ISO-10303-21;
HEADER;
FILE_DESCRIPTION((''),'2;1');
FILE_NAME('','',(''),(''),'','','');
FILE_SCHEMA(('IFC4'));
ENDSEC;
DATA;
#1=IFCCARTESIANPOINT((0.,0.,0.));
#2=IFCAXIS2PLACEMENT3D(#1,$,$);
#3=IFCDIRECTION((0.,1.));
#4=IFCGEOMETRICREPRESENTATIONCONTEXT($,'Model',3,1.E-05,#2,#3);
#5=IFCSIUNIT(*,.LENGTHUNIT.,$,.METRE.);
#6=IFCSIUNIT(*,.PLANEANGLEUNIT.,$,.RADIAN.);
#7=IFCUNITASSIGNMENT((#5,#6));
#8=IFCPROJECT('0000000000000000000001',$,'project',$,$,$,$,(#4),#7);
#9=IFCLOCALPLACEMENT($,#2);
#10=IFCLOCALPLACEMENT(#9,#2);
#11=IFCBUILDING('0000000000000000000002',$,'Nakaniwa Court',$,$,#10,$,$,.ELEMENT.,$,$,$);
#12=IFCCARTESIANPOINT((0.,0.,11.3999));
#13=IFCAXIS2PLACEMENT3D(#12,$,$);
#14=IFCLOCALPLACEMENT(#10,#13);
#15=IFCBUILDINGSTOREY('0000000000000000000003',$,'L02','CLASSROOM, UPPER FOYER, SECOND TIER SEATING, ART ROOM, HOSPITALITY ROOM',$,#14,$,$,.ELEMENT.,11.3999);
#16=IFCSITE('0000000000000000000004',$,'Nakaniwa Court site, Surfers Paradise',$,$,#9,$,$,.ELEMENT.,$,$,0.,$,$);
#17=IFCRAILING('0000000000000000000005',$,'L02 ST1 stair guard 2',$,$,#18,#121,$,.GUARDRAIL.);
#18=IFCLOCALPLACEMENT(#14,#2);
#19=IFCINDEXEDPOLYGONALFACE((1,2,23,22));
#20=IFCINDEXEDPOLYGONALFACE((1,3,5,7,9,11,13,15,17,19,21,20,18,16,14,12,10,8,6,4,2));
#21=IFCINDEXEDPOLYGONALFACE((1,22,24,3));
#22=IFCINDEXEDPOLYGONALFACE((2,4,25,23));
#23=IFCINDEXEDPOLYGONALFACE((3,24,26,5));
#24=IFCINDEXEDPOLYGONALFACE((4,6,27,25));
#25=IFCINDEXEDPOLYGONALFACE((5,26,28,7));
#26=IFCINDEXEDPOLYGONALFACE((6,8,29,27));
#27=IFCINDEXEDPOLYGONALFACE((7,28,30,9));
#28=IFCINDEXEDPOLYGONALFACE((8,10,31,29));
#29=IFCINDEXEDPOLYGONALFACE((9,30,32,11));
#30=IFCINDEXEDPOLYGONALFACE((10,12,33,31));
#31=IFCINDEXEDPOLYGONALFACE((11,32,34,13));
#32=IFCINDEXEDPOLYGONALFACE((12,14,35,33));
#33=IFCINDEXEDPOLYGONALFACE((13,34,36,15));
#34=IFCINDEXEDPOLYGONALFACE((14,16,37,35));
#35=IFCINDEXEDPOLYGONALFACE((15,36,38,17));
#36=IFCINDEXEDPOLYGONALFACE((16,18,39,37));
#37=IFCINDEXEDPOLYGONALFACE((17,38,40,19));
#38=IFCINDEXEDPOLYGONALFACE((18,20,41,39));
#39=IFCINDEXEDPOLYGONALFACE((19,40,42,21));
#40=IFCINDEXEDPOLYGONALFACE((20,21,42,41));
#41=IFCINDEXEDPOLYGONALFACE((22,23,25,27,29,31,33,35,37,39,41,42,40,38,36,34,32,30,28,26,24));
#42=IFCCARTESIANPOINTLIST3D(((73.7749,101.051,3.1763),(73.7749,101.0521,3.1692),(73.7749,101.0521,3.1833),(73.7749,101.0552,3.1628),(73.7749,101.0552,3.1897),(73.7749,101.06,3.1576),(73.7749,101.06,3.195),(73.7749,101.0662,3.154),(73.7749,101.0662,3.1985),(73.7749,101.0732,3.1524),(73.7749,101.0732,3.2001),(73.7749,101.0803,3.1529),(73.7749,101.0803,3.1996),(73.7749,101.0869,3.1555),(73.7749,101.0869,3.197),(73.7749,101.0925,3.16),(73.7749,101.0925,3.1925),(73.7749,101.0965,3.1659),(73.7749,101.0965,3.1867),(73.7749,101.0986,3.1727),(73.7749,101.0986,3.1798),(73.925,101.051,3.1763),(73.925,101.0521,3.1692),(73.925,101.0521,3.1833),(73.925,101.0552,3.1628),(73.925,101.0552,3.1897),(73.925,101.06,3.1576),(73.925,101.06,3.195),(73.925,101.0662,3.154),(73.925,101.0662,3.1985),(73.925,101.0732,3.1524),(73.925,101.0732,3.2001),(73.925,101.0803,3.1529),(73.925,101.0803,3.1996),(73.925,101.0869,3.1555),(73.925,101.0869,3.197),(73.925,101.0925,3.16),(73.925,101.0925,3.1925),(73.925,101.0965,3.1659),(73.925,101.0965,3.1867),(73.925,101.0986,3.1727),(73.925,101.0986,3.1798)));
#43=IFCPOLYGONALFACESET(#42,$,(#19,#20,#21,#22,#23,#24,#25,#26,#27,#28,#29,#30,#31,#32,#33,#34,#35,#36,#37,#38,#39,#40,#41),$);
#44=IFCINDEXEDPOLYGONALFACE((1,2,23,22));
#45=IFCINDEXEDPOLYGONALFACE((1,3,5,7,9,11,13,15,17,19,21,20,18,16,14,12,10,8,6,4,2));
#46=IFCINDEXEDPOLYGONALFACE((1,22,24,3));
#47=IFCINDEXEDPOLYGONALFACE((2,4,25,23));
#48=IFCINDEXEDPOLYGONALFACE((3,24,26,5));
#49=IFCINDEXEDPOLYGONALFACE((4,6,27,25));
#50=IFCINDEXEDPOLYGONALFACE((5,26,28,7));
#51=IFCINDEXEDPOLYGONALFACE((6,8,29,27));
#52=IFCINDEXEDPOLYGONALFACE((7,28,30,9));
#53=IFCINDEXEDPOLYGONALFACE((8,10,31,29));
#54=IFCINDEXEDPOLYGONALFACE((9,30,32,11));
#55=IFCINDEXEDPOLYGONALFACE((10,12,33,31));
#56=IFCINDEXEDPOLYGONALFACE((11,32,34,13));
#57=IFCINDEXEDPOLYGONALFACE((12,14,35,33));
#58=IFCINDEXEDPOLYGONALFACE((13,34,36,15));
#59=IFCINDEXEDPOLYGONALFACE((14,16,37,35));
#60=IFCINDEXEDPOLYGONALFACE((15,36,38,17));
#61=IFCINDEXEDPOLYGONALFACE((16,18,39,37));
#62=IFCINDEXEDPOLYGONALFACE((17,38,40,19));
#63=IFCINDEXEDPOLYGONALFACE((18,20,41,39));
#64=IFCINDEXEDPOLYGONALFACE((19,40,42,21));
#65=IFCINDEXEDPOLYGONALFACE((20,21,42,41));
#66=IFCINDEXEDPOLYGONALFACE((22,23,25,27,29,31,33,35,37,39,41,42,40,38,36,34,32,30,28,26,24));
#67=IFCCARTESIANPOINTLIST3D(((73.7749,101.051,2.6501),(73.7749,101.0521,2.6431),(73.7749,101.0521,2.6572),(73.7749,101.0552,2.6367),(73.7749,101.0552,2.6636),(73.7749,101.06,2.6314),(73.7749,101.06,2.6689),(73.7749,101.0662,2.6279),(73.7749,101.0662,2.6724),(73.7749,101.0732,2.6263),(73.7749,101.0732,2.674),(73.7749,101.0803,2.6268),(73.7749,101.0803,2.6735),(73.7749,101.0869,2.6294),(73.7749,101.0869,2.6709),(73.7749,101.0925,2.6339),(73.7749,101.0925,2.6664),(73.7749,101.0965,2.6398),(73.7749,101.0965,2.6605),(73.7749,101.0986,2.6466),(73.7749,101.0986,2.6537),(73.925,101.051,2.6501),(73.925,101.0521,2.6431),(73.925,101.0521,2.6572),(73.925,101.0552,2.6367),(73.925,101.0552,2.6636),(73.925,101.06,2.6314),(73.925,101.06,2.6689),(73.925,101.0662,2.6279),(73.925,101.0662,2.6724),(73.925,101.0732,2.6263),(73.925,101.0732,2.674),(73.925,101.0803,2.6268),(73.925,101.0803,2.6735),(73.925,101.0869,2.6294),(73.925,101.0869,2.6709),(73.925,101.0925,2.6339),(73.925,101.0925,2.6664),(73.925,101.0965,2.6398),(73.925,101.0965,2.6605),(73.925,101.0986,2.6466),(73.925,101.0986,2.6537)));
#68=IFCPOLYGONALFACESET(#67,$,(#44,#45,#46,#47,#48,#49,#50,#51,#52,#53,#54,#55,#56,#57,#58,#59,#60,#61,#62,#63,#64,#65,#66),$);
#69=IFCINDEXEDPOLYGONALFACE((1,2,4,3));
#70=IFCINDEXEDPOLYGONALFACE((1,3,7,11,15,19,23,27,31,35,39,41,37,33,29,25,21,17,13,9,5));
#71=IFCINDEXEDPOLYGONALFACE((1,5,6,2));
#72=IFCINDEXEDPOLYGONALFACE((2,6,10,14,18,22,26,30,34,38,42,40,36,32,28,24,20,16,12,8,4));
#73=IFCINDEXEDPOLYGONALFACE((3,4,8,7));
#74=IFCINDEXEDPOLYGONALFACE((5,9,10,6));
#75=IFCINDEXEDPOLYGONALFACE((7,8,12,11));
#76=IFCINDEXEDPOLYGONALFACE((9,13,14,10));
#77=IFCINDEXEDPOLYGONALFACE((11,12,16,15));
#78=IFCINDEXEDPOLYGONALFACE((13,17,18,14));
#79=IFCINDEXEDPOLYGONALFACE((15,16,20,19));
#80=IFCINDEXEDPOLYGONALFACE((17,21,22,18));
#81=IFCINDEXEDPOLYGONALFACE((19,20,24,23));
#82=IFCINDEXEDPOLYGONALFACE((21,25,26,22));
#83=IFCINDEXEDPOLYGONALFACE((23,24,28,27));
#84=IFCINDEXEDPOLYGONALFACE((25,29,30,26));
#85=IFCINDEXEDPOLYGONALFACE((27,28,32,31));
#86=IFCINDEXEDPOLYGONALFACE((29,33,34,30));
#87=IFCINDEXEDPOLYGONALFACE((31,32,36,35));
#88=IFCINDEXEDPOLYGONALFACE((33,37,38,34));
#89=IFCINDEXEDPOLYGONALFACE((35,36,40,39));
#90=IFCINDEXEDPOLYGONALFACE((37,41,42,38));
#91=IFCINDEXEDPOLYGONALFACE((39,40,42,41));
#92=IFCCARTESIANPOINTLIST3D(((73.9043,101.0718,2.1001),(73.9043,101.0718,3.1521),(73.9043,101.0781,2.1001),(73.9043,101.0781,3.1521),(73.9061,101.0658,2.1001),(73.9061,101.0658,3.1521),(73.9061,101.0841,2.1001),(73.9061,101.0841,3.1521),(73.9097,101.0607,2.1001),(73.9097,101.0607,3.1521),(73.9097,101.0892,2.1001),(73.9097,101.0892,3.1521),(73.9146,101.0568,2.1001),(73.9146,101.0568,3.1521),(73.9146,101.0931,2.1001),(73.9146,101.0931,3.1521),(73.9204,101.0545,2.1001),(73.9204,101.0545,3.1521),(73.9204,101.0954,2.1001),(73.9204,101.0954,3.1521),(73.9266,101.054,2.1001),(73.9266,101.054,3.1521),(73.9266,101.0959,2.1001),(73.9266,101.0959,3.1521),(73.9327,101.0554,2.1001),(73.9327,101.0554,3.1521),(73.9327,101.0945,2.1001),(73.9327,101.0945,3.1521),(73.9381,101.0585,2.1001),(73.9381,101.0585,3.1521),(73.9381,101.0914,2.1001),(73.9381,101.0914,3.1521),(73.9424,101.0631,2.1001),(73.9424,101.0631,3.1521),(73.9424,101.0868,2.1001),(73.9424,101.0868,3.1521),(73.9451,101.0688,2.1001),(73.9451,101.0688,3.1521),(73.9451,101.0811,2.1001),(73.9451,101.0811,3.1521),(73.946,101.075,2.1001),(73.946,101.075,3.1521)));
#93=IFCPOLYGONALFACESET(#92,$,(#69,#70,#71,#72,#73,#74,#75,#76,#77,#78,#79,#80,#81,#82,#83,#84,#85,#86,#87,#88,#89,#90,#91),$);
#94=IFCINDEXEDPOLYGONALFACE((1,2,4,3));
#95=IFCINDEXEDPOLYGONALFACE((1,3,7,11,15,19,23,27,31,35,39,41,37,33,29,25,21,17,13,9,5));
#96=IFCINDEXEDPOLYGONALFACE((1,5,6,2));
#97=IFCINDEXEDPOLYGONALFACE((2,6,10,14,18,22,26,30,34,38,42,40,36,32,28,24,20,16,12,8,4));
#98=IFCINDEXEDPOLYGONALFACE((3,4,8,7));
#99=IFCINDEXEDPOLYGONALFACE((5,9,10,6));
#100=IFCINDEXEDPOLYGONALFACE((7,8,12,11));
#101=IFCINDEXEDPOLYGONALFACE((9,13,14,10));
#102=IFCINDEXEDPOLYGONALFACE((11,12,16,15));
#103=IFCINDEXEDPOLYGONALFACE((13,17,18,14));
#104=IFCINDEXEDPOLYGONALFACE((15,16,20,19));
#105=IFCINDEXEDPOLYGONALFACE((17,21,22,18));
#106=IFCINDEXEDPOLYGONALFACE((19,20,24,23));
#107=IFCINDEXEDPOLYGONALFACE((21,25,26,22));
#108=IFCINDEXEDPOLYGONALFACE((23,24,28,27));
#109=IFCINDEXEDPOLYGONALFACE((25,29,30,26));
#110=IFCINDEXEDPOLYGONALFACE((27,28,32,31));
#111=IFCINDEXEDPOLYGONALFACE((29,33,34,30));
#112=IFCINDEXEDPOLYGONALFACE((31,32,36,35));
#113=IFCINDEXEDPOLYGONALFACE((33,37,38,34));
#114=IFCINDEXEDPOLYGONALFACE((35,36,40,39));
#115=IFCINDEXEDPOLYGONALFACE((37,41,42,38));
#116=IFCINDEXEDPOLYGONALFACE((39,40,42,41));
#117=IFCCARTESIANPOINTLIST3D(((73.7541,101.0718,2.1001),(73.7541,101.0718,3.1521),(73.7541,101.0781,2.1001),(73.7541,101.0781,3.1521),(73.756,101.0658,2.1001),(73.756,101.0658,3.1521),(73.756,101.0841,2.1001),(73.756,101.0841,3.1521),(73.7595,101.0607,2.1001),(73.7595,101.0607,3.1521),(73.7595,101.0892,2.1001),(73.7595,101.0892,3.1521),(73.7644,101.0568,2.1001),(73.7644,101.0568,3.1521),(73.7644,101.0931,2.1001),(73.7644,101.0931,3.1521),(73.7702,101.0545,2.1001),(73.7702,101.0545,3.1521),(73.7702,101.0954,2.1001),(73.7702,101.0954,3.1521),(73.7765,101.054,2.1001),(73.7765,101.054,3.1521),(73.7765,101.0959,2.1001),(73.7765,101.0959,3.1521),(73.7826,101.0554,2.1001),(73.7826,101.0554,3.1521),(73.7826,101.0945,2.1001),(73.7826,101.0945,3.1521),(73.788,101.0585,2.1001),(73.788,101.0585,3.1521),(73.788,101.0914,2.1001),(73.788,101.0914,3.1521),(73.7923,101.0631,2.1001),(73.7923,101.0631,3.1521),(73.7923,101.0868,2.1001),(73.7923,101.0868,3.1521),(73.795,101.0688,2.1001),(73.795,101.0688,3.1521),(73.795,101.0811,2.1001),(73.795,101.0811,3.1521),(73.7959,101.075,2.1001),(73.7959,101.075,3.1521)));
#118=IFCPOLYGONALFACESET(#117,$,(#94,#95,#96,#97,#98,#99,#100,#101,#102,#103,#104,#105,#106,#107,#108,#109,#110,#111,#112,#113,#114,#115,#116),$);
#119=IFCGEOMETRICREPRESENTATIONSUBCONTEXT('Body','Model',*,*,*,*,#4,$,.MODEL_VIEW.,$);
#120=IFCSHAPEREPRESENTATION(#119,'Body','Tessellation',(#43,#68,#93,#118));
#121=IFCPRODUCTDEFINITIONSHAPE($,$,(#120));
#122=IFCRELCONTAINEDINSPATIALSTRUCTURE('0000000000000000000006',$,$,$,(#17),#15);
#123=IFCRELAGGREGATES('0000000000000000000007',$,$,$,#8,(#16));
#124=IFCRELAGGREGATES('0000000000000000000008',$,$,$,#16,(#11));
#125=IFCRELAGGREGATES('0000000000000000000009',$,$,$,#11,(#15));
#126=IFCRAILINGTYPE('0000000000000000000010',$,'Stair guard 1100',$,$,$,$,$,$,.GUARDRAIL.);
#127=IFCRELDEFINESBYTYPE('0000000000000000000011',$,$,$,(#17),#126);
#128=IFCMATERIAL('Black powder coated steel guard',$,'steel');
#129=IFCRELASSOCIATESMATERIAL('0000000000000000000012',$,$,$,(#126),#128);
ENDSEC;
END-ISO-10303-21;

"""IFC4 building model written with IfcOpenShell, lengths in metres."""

from ifc_helpers import new_model, si_unit, direction, frame, origin, origin_2d, place, context, subcontext, project, spatial, circle, extrude, material, type_object, element, save


model = new_model("IFC4")

# Units and contexts
model_context = context("Model", 3, precision=1e-05, world=origin(), true_north=direction((0.0, 1.0)))
body_context = subcontext(model_context, "Body", "Model", "MODEL_VIEW")
ifc_project = project(units=[si_unit("LENGTHUNIT", "METRE"), si_unit("PLANEANGLEUNIT", "RADIAN")], contexts=[model_context])

# Site, building, storey
site_placement = place(None, origin())
site = spatial("IfcSite", under=ifc_project, at=site_placement, Name="Nakaniwa Court site, Surfers Paradise", CompositionType="ELEMENT", RefElevation=0.0)
building_placement = place(site_placement, origin())
building = spatial("IfcBuilding", under=site, at=building_placement, Name="Nakaniwa Court", CompositionType="ELEMENT")
storey_placement = place(building_placement, frame((0.0, 0.0, 11.3999)))
storey = spatial("IfcBuildingStorey", under=building, at=storey_placement, Name="L02", Description="CLASSROOM, UPPER FOYER, SECOND TIER SEATING, ART ROOM, HOSPITALITY ROOM", CompositionType="ELEMENT", Elevation=11.3999)

# Railing
ifc_material_1 = material(Name="Black powder coated steel guard", Category="steel")
railing_type_1 = type_object("IfcRailingType", Name="Stair guard 1100", PredefinedType="GUARDRAIL", material=ifc_material_1)
railing_1_placement = place(storey_placement, frame((73.925, 101.075, 2.1001)))
element("IfcRailing", 1, at=railing_1_placement, inside=storey, type_object=railing_type_1, Name="L02 ST1 stair guard 2", PredefinedType="GUARDRAIL", context=body_context, shape_type="SweptSolid", body=[
    extrude(circle(Radius=0.0239, at=origin_2d()), frame((0.0, 0.0, 1.0762), z_axis=(-1.0, 0.0, 0.0), x_axis=(0.0, -1.0, 0.0)), (0.0, 0.0, 1.0), 0.1501),
    extrude(circle(Radius=0.0239, at=origin_2d()), frame((0.0, 0.0, 0.55), z_axis=(-1.0, 0.0, 0.0), x_axis=(0.0, -1.0, 0.0)), (0.0, 0.0, 1.0), 0.1501),
    extrude(circle(Radius=0.021, at=origin_2d()), origin(), (0.0, 0.0, 1.0), 1.052),
    extrude(circle(Radius=0.021, at=origin_2d()), frame((-0.1501, 0.0, 0.0)), (0.0, 0.0, 1.0), 1.052),
])

save(model, "model.ifc")
